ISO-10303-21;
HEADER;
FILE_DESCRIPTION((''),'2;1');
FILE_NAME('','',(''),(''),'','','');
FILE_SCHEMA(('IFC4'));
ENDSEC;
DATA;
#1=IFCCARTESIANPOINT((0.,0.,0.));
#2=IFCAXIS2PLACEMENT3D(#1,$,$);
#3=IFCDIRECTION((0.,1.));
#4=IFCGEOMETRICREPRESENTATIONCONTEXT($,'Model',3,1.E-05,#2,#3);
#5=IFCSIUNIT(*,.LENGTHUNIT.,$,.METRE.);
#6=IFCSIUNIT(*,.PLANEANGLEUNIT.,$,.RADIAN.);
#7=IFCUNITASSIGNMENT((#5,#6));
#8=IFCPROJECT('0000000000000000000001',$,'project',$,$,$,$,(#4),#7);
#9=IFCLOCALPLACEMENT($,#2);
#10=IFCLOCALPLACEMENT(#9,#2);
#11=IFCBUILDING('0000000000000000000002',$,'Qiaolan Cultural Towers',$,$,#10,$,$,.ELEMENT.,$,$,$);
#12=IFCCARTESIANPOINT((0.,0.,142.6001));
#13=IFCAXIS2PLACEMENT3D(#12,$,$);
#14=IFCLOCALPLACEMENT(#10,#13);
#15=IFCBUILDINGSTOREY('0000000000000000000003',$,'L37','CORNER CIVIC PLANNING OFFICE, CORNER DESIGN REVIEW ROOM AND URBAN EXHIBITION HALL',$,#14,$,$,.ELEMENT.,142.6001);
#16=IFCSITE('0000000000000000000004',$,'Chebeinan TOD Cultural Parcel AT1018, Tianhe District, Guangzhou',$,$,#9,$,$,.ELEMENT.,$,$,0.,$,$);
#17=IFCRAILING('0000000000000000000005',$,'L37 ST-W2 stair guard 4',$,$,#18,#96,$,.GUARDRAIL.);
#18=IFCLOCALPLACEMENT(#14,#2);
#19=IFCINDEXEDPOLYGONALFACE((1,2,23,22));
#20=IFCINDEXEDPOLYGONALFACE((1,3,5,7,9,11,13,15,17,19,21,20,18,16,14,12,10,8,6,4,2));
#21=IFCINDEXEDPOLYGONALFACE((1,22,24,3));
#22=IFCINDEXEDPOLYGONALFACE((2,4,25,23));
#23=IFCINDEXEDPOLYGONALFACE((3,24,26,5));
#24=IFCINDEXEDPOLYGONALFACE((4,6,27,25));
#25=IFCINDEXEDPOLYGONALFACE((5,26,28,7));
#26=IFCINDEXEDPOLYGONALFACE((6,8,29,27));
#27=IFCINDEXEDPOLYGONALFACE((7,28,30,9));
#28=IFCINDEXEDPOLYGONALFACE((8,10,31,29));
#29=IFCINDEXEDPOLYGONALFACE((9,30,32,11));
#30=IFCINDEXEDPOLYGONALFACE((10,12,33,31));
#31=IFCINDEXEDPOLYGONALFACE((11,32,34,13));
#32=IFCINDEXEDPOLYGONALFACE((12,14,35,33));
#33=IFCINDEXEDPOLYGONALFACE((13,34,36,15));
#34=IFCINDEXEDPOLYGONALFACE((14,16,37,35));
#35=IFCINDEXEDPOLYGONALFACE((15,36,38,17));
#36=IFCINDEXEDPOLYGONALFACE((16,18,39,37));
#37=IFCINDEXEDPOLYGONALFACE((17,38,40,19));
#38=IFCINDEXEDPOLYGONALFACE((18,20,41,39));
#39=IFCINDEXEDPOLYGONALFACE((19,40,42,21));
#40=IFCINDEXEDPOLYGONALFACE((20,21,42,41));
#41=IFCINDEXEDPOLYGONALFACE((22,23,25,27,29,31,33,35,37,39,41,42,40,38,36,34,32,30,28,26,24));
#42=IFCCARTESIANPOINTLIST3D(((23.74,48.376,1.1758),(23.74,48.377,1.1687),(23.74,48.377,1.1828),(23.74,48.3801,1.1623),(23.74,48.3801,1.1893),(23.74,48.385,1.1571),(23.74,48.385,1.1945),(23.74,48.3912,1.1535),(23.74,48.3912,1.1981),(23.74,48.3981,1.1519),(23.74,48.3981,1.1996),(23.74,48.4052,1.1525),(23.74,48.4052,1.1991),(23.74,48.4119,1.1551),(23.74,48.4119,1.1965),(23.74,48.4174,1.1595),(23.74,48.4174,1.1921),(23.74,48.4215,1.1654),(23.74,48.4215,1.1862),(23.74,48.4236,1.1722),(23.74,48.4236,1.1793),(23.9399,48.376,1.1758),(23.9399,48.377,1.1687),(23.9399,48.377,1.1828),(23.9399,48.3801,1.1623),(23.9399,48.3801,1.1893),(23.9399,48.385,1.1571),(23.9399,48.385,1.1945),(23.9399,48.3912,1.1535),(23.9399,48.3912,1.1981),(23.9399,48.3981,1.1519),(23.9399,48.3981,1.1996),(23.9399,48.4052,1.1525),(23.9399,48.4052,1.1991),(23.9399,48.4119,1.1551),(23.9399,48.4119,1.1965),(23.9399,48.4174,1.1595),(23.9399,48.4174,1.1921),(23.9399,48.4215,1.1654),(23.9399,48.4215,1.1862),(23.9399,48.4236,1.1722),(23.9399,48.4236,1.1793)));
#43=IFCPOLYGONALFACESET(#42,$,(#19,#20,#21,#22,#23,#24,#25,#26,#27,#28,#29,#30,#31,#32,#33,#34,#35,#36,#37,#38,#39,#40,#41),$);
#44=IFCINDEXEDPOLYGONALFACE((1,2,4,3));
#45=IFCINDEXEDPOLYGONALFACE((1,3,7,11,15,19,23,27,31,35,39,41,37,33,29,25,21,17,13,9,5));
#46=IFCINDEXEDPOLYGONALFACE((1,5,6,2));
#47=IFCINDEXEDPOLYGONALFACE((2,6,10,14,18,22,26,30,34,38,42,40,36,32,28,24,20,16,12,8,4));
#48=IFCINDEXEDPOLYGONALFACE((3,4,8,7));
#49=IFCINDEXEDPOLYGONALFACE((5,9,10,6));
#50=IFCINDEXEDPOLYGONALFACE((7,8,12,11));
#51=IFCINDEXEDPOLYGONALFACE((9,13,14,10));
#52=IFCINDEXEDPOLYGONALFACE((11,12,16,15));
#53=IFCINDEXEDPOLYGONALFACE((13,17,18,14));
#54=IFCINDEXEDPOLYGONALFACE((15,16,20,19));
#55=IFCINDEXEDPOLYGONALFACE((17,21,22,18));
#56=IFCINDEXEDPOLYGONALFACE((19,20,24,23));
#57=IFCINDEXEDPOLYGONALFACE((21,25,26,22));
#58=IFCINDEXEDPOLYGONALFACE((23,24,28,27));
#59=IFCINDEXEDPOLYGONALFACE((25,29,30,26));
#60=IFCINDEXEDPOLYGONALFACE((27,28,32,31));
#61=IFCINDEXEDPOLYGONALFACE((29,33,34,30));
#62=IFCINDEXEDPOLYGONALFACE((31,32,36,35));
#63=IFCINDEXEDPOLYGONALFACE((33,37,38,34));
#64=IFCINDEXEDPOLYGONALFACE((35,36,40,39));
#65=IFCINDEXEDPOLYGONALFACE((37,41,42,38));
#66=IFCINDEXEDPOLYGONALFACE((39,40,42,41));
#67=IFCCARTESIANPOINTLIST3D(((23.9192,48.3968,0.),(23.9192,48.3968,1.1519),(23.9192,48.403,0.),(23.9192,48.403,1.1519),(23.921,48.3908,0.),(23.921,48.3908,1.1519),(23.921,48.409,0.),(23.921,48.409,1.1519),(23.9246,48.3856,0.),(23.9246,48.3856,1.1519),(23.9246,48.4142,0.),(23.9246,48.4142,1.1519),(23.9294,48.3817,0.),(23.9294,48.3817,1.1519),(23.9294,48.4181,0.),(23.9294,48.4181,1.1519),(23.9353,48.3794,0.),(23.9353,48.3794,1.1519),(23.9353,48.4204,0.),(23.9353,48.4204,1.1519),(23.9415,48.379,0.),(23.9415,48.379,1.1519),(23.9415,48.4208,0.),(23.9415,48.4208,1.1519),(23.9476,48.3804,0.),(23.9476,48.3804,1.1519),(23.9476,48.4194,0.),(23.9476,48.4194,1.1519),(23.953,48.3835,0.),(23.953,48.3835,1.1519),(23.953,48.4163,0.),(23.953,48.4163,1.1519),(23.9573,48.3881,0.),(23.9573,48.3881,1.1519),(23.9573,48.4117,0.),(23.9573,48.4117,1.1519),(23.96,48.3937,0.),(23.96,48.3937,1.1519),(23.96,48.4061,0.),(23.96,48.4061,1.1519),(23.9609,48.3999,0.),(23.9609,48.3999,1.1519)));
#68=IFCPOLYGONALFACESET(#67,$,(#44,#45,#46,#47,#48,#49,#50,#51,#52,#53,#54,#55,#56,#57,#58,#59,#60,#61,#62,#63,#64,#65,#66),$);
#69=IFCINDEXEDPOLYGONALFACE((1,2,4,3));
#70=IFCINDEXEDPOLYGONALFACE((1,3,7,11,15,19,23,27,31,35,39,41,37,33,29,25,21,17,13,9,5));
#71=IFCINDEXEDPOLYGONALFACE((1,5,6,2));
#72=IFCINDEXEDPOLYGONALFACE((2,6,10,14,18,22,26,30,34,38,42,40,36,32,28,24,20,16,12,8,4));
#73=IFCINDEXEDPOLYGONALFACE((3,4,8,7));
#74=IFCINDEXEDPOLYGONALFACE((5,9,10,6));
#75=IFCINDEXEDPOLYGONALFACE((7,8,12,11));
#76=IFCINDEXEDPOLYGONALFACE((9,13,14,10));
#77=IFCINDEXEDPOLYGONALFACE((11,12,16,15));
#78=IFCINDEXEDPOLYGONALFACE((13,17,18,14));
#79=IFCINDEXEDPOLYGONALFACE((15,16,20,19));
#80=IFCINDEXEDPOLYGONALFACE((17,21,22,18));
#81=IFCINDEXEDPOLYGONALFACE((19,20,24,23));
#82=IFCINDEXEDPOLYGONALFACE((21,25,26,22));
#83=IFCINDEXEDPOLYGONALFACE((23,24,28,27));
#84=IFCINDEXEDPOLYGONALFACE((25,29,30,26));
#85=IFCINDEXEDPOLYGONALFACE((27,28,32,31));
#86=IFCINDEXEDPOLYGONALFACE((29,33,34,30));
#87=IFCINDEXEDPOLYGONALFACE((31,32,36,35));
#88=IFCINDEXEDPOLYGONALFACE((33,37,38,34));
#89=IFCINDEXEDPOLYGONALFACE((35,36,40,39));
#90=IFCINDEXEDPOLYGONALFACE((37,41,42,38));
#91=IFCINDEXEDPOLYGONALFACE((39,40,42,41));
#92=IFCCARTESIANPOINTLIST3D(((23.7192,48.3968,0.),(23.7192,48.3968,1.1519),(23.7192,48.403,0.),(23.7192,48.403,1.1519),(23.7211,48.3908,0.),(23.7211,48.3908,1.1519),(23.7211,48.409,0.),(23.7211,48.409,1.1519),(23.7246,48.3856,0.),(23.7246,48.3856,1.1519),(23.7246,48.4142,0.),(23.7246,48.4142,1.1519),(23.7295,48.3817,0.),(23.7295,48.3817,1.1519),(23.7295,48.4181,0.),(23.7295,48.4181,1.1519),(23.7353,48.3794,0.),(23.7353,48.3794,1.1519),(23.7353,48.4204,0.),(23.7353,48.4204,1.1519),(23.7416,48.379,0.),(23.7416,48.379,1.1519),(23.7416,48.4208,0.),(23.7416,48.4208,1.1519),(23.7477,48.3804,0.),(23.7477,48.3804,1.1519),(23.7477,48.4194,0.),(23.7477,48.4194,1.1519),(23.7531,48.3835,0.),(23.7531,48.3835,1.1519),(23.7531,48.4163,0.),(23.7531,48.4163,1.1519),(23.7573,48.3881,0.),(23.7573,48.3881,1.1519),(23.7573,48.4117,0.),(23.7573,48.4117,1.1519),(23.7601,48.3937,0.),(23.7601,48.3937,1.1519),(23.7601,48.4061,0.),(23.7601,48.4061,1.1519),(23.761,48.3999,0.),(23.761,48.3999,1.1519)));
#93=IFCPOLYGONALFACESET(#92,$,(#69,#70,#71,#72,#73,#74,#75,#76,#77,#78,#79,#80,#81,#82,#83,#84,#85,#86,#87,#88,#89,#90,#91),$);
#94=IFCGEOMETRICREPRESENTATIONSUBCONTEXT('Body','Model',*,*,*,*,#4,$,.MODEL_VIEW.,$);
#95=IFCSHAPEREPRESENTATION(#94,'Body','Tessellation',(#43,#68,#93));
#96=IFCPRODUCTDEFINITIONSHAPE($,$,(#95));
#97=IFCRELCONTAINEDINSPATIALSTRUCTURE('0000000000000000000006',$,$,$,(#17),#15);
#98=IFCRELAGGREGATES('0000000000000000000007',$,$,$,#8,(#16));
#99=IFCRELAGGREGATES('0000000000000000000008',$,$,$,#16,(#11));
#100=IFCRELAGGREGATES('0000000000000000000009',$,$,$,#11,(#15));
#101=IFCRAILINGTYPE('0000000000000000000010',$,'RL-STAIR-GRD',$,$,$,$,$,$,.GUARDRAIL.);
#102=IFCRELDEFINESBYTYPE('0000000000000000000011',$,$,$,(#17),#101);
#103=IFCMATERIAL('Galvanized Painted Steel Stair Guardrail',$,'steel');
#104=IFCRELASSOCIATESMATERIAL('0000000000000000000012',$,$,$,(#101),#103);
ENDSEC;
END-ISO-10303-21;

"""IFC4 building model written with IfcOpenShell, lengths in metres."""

from ifc_helpers import new_model, si_unit, direction, frame, origin, origin_2d, place, context, subcontext, project, spatial, circle, extrude, material, type_object, element, save


model = new_model("IFC4")

# Units and contexts
model_context = context("Model", 3, precision=1e-05, world=origin(), true_north=direction((0.0, 1.0)))
body_context = subcontext(model_context, "Body", "Model", "MODEL_VIEW")
ifc_project = project(units=[si_unit("LENGTHUNIT", "METRE"), si_unit("PLANEANGLEUNIT", "RADIAN")], contexts=[model_context])

# Site, building, storey
site_placement = place(None, origin())
site = spatial("IfcSite", under=ifc_project, at=site_placement, Name="Chebeinan TOD Cultural Parcel AT1018, Tianhe District, Guangzhou", CompositionType="ELEMENT", RefElevation=0.0)
building_placement = place(site_placement, origin())
building = spatial("IfcBuilding", under=site, at=building_placement, Name="Qiaolan Cultural Towers", CompositionType="ELEMENT")
storey_placement = place(building_placement, frame((0.0, 0.0, 142.6001)))
storey = spatial("IfcBuildingStorey", under=building, at=storey_placement, Name="L37", Description="CORNER CIVIC PLANNING OFFICE, CORNER DESIGN REVIEW ROOM AND URBAN EXHIBITION HALL", CompositionType="ELEMENT", Elevation=142.6001)

# Railing
ifc_material_1 = material(Name="Galvanized Painted Steel Stair Guardrail", Category="steel")
railing_type_1 = type_object("IfcRailingType", Name="RL-STAIR-GRD", PredefinedType="GUARDRAIL", material=ifc_material_1)
railing_1_placement = place(storey_placement, frame((23.9399, 48.3999, 0.0)))
element("IfcRailing", 1, at=railing_1_placement, inside=storey, type_object=railing_type_1, Name="L37 ST-W2 stair guard 4", PredefinedType="GUARDRAIL", context=body_context, shape_type="SweptSolid", body=[
    extrude(circle(Radius=0.0239, at=origin_2d()), frame((0.0, 0.0, 1.1758), z_axis=(-1.0, 0.0, 0.0), x_axis=(0.0, -1.0, 0.0)), (0.0, 0.0, 1.0), 0.2),
    extrude(circle(Radius=0.021, at=origin_2d()), origin(), (0.0, 0.0, 1.0), 1.1519),
    extrude(circle(Radius=0.021, at=origin_2d()), frame((-0.2, 0.0, 0.0)), (0.0, 0.0, 1.0), 1.1519),
])

save(model, "model.ifc")
